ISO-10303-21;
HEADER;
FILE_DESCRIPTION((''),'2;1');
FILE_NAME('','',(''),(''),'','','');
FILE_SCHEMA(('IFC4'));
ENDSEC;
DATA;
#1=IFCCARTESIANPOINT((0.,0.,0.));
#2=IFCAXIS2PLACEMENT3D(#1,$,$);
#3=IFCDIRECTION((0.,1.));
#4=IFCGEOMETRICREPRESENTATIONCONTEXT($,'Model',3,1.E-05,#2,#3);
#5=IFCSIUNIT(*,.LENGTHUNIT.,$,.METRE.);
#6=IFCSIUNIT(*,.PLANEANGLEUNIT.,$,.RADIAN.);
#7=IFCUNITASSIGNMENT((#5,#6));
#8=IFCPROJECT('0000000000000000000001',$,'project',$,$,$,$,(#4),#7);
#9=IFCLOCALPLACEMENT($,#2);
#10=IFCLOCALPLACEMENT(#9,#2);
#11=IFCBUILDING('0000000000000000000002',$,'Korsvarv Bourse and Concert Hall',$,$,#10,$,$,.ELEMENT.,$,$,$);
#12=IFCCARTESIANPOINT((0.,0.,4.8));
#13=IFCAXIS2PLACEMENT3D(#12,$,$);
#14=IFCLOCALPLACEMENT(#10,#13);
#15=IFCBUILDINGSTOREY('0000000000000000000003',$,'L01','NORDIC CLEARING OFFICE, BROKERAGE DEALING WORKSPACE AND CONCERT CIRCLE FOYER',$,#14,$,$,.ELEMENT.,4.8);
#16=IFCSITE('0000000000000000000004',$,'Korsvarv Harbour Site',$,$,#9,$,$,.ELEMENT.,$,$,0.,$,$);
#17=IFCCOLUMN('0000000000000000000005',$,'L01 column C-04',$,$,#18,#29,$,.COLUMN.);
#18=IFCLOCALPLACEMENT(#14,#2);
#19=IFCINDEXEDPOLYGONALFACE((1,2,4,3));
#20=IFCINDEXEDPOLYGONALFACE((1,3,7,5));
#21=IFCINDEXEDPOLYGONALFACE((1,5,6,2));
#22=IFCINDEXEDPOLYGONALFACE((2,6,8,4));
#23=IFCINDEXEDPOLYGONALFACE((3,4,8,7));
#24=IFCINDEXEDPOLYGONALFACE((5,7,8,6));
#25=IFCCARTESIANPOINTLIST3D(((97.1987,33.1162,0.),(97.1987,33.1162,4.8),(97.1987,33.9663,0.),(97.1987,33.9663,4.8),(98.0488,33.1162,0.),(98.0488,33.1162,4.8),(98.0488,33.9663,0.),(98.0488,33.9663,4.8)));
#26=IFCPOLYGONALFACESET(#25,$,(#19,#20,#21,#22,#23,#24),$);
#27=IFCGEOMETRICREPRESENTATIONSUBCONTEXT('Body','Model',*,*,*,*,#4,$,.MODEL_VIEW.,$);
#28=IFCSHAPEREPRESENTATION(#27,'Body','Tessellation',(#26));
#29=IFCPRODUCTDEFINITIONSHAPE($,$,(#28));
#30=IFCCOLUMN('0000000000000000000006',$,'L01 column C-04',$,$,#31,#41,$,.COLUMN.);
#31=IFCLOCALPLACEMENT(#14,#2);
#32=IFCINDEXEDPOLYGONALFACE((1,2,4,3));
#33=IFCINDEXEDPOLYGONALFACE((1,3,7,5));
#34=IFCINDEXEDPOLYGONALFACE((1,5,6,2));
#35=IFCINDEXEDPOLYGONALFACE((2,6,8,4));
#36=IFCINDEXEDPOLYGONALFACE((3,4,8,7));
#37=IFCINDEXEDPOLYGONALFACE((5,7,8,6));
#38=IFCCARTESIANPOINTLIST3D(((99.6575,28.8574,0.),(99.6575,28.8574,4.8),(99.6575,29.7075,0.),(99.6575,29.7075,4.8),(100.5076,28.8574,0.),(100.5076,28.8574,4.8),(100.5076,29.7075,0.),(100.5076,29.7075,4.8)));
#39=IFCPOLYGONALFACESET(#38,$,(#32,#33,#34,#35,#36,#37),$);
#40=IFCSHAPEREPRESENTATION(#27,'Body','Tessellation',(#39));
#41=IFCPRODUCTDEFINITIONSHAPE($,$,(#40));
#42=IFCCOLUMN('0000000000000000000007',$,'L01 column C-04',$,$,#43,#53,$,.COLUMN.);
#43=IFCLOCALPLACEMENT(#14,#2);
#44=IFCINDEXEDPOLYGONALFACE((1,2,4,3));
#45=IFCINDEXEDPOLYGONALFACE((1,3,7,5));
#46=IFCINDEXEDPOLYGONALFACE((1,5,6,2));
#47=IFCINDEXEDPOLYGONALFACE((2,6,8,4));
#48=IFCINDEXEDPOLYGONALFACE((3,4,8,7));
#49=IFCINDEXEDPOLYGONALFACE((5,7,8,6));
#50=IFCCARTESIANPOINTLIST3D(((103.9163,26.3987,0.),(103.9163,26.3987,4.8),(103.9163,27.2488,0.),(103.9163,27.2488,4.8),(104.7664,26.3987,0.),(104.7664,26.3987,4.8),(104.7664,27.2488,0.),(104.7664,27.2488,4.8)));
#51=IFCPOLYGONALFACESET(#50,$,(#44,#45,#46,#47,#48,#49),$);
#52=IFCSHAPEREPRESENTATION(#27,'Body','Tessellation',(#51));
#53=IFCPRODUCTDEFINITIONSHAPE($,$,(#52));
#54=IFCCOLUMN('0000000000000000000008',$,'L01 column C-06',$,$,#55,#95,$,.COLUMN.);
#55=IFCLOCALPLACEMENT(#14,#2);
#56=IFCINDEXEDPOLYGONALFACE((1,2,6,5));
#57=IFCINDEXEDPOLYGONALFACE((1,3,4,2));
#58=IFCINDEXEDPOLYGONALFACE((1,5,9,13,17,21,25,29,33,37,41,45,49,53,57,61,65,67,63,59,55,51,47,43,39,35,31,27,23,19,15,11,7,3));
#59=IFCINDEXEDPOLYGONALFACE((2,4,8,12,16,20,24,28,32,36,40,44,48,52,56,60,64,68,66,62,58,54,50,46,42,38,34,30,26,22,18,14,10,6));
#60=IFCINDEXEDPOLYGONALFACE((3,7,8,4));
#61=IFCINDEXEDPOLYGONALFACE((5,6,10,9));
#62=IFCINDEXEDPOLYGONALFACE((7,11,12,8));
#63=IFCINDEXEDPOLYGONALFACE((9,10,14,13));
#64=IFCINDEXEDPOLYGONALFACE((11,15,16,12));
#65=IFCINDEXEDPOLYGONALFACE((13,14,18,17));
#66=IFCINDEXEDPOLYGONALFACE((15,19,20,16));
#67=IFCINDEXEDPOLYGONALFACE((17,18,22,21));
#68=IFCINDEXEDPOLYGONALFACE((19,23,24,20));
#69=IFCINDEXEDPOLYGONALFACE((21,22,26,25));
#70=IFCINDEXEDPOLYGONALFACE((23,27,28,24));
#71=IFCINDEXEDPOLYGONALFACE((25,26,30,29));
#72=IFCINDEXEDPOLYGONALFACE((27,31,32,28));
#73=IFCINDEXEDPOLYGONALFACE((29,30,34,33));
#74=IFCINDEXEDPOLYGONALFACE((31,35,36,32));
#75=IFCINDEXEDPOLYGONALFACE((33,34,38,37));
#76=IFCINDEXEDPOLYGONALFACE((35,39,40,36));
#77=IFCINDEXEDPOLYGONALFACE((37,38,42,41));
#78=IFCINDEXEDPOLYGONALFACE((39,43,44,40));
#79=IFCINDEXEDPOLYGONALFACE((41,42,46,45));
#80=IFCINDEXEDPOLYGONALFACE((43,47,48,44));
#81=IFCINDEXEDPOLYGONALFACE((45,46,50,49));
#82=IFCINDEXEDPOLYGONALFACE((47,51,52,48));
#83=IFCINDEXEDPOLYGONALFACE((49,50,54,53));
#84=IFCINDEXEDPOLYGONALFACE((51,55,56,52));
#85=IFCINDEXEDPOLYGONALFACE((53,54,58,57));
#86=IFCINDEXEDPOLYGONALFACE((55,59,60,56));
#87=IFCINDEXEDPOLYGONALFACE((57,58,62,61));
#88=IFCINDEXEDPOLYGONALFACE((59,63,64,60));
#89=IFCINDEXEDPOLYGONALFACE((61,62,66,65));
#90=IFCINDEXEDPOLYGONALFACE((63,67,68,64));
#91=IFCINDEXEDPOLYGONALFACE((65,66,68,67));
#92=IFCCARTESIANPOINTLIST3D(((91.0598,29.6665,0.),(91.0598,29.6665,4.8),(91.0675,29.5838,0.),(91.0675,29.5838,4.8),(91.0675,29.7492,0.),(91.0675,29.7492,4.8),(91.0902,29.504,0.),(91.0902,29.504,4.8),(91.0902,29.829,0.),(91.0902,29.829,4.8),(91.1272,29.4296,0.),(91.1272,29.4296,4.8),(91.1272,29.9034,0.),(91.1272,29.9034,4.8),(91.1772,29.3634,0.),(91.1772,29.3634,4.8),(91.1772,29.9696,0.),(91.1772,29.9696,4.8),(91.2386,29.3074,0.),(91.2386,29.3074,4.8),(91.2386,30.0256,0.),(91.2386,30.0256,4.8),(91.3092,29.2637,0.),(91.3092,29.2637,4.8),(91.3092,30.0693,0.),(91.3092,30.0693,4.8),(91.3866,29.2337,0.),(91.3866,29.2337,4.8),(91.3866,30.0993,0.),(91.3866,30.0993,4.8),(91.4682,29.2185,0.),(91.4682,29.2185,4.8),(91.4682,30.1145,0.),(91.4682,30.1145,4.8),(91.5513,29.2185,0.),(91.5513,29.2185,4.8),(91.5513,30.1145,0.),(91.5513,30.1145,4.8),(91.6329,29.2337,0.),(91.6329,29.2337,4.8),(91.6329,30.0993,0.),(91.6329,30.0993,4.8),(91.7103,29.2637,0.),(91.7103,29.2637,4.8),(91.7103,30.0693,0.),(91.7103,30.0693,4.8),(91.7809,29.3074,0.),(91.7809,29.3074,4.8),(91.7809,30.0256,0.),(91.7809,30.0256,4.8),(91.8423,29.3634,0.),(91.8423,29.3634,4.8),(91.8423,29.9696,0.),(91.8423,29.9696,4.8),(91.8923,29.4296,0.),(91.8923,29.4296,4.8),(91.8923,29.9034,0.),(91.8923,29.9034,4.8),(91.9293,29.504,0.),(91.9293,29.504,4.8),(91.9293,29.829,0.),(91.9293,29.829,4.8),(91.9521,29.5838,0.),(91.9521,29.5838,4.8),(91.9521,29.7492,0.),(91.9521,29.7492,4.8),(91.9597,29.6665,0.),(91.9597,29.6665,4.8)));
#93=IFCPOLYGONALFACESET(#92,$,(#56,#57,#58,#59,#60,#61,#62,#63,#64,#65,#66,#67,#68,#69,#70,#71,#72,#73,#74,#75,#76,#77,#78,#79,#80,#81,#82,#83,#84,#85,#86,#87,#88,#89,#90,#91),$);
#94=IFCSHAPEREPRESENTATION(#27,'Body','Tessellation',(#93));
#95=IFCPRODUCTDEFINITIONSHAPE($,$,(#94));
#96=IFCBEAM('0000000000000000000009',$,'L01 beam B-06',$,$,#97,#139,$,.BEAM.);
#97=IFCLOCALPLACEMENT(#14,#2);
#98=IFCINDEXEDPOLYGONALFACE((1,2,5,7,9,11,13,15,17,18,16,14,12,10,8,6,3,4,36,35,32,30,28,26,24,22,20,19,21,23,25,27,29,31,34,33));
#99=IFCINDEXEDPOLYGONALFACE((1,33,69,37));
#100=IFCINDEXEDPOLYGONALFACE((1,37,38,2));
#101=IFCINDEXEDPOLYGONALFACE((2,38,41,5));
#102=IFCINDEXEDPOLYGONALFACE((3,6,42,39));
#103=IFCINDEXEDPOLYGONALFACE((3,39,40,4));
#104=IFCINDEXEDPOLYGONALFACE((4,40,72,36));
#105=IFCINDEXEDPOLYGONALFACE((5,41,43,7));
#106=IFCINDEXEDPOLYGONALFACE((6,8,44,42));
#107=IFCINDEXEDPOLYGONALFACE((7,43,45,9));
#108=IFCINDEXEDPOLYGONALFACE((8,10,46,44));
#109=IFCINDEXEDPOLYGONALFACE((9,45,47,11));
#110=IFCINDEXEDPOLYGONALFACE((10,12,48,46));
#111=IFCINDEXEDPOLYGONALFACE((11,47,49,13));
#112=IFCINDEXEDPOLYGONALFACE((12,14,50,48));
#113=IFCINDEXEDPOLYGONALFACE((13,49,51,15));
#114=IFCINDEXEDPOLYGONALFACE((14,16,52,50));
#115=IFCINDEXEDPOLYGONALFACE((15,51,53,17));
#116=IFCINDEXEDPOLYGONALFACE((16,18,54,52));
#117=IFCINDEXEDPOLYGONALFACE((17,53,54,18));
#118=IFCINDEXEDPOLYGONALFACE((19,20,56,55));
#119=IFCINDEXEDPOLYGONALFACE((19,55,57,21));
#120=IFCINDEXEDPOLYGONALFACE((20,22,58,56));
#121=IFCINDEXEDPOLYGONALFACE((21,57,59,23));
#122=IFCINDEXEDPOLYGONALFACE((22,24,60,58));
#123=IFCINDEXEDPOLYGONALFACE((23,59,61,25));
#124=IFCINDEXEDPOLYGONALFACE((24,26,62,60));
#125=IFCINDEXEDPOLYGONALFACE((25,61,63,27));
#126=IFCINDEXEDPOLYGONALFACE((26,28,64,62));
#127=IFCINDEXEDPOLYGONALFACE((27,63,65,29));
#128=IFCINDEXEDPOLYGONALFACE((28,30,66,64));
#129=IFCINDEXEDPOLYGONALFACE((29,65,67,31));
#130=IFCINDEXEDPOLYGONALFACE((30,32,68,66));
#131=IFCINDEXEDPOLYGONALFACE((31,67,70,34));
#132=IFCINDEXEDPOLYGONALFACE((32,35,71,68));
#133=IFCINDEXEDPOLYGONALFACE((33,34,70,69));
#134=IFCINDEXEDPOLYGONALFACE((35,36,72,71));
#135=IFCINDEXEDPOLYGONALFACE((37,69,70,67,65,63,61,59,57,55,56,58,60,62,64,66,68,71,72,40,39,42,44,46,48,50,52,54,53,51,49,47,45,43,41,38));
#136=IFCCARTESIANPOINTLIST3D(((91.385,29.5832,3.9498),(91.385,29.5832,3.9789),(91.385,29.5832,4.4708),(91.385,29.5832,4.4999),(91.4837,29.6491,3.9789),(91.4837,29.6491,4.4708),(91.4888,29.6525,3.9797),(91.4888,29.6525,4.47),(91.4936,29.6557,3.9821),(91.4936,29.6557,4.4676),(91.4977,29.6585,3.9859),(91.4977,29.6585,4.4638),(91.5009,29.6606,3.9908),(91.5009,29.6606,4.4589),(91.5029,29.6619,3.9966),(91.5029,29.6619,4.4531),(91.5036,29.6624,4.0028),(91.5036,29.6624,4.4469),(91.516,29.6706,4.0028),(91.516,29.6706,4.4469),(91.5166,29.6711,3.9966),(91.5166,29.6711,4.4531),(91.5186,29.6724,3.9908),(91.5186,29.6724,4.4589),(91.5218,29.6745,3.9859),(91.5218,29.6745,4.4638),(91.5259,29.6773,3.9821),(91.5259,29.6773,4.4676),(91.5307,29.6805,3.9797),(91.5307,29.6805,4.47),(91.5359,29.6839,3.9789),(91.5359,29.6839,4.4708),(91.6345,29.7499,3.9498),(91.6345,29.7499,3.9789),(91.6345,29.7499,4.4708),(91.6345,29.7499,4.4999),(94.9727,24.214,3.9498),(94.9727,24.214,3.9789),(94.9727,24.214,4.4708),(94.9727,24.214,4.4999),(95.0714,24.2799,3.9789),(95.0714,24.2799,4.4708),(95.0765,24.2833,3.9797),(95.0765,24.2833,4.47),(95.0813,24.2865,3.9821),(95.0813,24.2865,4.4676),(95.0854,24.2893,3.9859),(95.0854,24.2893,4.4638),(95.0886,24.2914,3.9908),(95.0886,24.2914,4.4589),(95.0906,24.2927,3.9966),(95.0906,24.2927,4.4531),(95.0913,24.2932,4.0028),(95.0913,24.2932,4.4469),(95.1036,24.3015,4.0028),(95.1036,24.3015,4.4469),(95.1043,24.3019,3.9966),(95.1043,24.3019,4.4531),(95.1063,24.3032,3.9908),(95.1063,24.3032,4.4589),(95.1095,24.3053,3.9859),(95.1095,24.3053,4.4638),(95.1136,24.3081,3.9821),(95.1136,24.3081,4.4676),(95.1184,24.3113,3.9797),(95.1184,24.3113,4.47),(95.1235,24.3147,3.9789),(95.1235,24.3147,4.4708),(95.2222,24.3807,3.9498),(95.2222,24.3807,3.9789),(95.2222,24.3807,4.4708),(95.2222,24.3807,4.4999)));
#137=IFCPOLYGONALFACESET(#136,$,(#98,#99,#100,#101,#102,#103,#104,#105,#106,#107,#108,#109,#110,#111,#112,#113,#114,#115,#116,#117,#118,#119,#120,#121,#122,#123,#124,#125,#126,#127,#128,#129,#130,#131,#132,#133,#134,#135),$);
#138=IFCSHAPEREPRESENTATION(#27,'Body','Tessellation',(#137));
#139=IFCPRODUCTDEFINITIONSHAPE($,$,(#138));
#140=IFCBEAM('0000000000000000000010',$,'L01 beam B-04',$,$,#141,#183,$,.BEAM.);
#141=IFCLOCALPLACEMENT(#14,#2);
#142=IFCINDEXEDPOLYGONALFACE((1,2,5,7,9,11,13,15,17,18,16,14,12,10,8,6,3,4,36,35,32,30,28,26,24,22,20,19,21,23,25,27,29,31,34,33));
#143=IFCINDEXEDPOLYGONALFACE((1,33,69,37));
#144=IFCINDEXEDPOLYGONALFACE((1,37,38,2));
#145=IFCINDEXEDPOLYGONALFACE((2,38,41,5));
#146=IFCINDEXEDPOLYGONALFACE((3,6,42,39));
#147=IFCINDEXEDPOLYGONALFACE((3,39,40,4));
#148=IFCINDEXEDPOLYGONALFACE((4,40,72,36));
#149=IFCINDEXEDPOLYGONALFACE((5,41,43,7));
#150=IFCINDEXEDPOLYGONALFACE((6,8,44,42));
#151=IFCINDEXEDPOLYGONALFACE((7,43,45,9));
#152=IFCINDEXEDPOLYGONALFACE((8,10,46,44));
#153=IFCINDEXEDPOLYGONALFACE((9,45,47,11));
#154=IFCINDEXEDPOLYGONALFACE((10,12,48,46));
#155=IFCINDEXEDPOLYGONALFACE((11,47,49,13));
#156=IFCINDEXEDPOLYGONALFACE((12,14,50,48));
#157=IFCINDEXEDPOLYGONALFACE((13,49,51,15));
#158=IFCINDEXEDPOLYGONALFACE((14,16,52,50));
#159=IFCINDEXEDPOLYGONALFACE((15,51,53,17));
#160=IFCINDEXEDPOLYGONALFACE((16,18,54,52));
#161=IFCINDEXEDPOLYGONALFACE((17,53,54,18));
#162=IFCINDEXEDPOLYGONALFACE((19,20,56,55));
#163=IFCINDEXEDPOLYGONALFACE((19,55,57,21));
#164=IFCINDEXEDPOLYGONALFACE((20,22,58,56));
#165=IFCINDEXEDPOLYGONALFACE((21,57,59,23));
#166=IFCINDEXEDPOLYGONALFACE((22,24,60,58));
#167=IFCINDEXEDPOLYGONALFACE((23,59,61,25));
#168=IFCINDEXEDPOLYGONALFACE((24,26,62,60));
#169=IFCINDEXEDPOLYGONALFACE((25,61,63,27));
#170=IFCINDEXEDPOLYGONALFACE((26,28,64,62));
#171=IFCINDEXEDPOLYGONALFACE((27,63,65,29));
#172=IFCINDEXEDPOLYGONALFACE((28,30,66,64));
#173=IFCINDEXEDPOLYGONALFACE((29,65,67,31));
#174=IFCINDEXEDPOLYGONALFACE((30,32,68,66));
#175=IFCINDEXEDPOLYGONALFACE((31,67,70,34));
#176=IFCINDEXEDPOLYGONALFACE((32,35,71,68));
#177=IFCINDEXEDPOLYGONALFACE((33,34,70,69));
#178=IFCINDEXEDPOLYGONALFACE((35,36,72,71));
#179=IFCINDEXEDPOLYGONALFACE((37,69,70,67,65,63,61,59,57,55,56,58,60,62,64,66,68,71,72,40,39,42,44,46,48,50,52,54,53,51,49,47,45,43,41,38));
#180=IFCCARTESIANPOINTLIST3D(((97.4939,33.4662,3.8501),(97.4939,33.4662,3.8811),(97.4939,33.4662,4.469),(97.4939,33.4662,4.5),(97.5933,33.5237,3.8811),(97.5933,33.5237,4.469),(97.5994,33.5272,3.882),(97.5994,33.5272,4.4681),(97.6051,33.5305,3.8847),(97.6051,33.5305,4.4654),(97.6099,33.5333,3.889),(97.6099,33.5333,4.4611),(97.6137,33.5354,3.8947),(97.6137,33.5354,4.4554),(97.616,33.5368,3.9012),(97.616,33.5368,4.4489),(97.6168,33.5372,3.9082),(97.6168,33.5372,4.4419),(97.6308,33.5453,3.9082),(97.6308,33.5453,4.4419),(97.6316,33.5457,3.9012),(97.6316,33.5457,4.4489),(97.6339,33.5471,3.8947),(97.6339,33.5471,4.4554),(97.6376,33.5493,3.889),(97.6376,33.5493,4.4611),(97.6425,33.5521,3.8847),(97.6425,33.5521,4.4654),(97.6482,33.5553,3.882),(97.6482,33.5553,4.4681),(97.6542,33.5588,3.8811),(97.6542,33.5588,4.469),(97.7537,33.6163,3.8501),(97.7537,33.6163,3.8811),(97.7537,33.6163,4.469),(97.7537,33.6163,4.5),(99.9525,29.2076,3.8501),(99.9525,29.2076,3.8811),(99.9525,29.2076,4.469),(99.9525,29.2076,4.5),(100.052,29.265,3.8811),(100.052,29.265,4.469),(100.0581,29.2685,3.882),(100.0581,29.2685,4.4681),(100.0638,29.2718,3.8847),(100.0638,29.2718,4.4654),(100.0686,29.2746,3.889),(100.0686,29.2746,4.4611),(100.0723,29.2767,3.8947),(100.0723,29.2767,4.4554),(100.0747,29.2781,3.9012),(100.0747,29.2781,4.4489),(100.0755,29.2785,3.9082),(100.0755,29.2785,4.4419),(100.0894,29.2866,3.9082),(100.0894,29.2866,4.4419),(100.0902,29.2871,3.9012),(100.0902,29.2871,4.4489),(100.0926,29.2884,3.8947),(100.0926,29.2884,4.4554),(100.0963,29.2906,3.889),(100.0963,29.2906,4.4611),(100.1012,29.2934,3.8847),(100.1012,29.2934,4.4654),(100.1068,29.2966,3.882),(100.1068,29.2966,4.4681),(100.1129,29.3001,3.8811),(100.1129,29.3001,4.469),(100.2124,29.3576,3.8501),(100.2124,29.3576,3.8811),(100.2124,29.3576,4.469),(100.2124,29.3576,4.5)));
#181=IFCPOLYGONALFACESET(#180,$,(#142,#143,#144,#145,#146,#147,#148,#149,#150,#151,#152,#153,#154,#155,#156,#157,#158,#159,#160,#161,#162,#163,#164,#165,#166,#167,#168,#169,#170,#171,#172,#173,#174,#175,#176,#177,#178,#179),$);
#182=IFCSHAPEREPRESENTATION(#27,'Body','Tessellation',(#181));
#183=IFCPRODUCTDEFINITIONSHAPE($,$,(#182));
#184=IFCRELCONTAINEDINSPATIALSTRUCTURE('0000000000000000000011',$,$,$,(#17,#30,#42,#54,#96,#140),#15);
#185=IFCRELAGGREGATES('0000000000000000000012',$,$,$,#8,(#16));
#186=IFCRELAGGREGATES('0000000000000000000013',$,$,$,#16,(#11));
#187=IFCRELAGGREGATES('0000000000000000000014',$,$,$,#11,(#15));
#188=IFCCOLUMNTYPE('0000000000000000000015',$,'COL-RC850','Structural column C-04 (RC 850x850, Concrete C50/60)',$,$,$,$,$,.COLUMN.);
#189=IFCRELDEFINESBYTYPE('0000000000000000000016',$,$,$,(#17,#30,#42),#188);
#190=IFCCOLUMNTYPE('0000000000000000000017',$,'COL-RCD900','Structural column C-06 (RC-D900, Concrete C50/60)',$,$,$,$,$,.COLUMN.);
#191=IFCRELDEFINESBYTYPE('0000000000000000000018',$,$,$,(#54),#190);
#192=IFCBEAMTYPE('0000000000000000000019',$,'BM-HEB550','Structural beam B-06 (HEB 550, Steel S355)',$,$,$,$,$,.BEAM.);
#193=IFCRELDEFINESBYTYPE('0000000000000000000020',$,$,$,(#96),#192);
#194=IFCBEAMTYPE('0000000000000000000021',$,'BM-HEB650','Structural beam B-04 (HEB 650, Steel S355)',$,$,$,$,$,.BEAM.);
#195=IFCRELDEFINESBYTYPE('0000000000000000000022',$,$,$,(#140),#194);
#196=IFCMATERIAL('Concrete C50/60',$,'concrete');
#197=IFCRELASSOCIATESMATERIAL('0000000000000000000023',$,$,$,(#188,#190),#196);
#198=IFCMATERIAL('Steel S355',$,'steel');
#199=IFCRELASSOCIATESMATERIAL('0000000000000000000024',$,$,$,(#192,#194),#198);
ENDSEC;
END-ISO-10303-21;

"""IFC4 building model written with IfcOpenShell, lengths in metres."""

from ifc_helpers import new_model, si_unit, direction, frame, origin, origin_2d, place, context, subcontext, project, spatial, rectangle, circle, i_section, extrude, source, transform, mapped, material, material_profile, profile_set, type_object, element, save


model = new_model("IFC4")

# Units and contexts
model_context = context("Model", 3, precision=1e-05, world=origin(), true_north=direction((0.0, 1.0)))
body_context = subcontext(model_context, "Body", "Model", "MODEL_VIEW")
ifc_project = project(units=[si_unit("LENGTHUNIT", "METRE"), si_unit("PLANEANGLEUNIT", "RADIAN")], contexts=[model_context])

# Site, building, storey
site_placement = place(None, origin())
site = spatial("IfcSite", under=ifc_project, at=site_placement, Name="Korsvarv Harbour Site", CompositionType="ELEMENT", RefElevation=0.0)
building_placement = place(site_placement, origin())
building = spatial("IfcBuilding", under=site, at=building_placement, Name="Korsvarv Bourse and Concert Hall", CompositionType="ELEMENT")
storey_placement = place(building_placement, frame((0.0, 0.0, 4.8)))
storey = spatial("IfcBuildingStorey", under=building, at=storey_placement, Name="L01", Description="NORDIC CLEARING OFFICE, BROKERAGE DEALING WORKSPACE AND CONCERT CIRCLE FOYER", CompositionType="ELEMENT", Elevation=4.8)

# Columns
ifc_material_1 = material(Name="Concrete C50/60", Category="concrete")
ifc_material_profile_1 = material_profile(ifc_material_1, rectangle(XDim=0.8501, YDim=0.8501, at=origin_2d()), Name="RC 850x850")
ifc_profile_set_1 = profile_set([ifc_material_profile_1], Name="Concrete C50/60")
column_type_1 = type_object("IfcColumnType", Name="COL-RC850", Description="Structural column C-04 (RC 850x850, Concrete C50/60)", PredefinedType="COLUMN", material=ifc_profile_set_1)
shared_shape_1 = source(origin(), body_context, "Body", "SweptSolid", [
    extrude(rectangle(XDim=0.8501, YDim=0.8501, at=origin_2d()), origin(), (0.0, 0.0, 1.0), 4.8),
])
for number, where, z_axis, x_axis, name in (
    (1, (97.6238, 33.5413, 0.0), (0.0, 0.0, 1.0), (1.0, 0.0, 0.0), "L01 column C-04"),
    (2, (100.0825, 29.2825, 0.0), (0.0, 0.0, 1.0), (1.0, 0.0, 0.0), "L01 column C-04"),
    (3, (104.3413, 26.8237, 0.0), (0.0, 0.0, 1.0), (1.0, 0.0, 0.0), "L01 column C-04"),
):
    element("IfcColumn", number, at=place(storey_placement, frame(where, z_axis=z_axis, x_axis=x_axis)), inside=storey, type_object=column_type_1, Name=name, PredefinedType="COLUMN", context=body_context, shape_type="MappedRepresentation", body=[
        mapped(shared_shape_1, transform((0.0, 0.0, 0.0), scale=1.0)),
    ])
ifc_material_profile_2 = material_profile(ifc_material_1, circle(Radius=0.45, at=origin_2d()), Name="RC-D900")
ifc_profile_set_2 = profile_set([ifc_material_profile_2], Name="Concrete C50/60")
column_type_2 = type_object("IfcColumnType", Name="COL-RCD900", Description="Structural column C-06 (RC-D900, Concrete C50/60)", PredefinedType="COLUMN", material=ifc_profile_set_2)
shared_shape_2 = source(origin(), body_context, "Body", "SweptSolid", [
    extrude(circle(Radius=0.45, at=origin_2d()), origin(), (0.0, 0.0, 1.0), 4.8),
])
column_placement = place(storey_placement, frame((91.5098, 29.6665, 0.0), z_axis=(0.0, 0.0, 1.0), x_axis=(1.0, 0.0, 0.0)))
element("IfcColumn", 4, at=column_placement, inside=storey, type_object=column_type_2, Name="L01 column C-06", PredefinedType="COLUMN", context=body_context, shape_type="MappedRepresentation", body=[
    mapped(shared_shape_2, transform((0.0, 0.0, 0.0), scale=1.0)),
])

# Beams
ifc_material_2 = material(Name="Steel S355", Category="steel")
ifc_material_profile_3 = material_profile(ifc_material_2, i_section(OverallWidth=0.3, OverallDepth=0.55, WebThickness=0.0149, FlangeThickness=0.0291, FilletRadius=0.0239, at=origin_2d()), Name="HEB 550")
ifc_profile_set_3 = profile_set([ifc_material_profile_3], Name="Steel S355")
beam_type_1 = type_object("IfcBeamType", Name="BM-HEB550", Description="Structural beam B-06 (HEB 550, Steel S355)", PredefinedType="BEAM", material=ifc_profile_set_3)
shared_shape_3 = source(origin(), body_context, "Body", "SweptSolid", [
    extrude(i_section(OverallWidth=0.3, OverallDepth=0.55, WebThickness=0.0149, FlangeThickness=0.0291, FilletRadius=0.0239, at=origin_2d()), origin(), (0.0, 0.0, 1.0), 6.4575),
])
beam_1_placement = place(storey_placement, frame((91.5098, 29.6665, 4.2249), z_axis=(0.555581, -0.831462, 0.0), x_axis=(0.831462, 0.555581, 0.0)))
element("IfcBeam", 5, at=beam_1_placement, inside=storey, type_object=beam_type_1, Name="L01 beam B-06", PredefinedType="BEAM", context=body_context, shape_type="MappedRepresentation", body=[
    mapped(shared_shape_3, transform((0.0, 0.0, 0.0), scale=1.0)),
])
ifc_material_profile_4 = material_profile(ifc_material_2, i_section(OverallWidth=0.3, OverallDepth=0.6499, WebThickness=0.0161, FlangeThickness=0.031, FilletRadius=0.0271, at=origin_2d()), Name="HEB 650")
ifc_profile_set_4 = profile_set([ifc_material_profile_4], Name="Steel S355")
beam_type_2 = type_object("IfcBeamType", Name="BM-HEB650", Description="Structural beam B-04 (HEB 650, Steel S355)", PredefinedType="BEAM", material=ifc_profile_set_4)
shared_shape_4 = source(origin(), body_context, "Body", "SweptSolid", [
    extrude(i_section(OverallWidth=0.3, OverallDepth=0.6499, WebThickness=0.0161, FlangeThickness=0.031, FilletRadius=0.0271, at=origin_2d()), origin(), (0.0, 0.0, 1.0), 4.9175),
])
for number, where, z_axis, x_axis, name in (
    (6, (97.6238, 33.5413, 4.175), (0.499989, -0.866032, 0.0), (0.866032, 0.499989, 0.0), "L01 beam B-04"),
):
    element("IfcBeam", number, at=place(storey_placement, frame(where, z_axis=z_axis, x_axis=x_axis)), inside=storey, type_object=beam_type_2, Name=name, PredefinedType="BEAM", context=body_context, shape_type="MappedRepresentation", body=[
        mapped(shared_shape_4, transform((0.0, 0.0, 0.0), scale=1.0)),
    ])

save(model, "model.ifc")
